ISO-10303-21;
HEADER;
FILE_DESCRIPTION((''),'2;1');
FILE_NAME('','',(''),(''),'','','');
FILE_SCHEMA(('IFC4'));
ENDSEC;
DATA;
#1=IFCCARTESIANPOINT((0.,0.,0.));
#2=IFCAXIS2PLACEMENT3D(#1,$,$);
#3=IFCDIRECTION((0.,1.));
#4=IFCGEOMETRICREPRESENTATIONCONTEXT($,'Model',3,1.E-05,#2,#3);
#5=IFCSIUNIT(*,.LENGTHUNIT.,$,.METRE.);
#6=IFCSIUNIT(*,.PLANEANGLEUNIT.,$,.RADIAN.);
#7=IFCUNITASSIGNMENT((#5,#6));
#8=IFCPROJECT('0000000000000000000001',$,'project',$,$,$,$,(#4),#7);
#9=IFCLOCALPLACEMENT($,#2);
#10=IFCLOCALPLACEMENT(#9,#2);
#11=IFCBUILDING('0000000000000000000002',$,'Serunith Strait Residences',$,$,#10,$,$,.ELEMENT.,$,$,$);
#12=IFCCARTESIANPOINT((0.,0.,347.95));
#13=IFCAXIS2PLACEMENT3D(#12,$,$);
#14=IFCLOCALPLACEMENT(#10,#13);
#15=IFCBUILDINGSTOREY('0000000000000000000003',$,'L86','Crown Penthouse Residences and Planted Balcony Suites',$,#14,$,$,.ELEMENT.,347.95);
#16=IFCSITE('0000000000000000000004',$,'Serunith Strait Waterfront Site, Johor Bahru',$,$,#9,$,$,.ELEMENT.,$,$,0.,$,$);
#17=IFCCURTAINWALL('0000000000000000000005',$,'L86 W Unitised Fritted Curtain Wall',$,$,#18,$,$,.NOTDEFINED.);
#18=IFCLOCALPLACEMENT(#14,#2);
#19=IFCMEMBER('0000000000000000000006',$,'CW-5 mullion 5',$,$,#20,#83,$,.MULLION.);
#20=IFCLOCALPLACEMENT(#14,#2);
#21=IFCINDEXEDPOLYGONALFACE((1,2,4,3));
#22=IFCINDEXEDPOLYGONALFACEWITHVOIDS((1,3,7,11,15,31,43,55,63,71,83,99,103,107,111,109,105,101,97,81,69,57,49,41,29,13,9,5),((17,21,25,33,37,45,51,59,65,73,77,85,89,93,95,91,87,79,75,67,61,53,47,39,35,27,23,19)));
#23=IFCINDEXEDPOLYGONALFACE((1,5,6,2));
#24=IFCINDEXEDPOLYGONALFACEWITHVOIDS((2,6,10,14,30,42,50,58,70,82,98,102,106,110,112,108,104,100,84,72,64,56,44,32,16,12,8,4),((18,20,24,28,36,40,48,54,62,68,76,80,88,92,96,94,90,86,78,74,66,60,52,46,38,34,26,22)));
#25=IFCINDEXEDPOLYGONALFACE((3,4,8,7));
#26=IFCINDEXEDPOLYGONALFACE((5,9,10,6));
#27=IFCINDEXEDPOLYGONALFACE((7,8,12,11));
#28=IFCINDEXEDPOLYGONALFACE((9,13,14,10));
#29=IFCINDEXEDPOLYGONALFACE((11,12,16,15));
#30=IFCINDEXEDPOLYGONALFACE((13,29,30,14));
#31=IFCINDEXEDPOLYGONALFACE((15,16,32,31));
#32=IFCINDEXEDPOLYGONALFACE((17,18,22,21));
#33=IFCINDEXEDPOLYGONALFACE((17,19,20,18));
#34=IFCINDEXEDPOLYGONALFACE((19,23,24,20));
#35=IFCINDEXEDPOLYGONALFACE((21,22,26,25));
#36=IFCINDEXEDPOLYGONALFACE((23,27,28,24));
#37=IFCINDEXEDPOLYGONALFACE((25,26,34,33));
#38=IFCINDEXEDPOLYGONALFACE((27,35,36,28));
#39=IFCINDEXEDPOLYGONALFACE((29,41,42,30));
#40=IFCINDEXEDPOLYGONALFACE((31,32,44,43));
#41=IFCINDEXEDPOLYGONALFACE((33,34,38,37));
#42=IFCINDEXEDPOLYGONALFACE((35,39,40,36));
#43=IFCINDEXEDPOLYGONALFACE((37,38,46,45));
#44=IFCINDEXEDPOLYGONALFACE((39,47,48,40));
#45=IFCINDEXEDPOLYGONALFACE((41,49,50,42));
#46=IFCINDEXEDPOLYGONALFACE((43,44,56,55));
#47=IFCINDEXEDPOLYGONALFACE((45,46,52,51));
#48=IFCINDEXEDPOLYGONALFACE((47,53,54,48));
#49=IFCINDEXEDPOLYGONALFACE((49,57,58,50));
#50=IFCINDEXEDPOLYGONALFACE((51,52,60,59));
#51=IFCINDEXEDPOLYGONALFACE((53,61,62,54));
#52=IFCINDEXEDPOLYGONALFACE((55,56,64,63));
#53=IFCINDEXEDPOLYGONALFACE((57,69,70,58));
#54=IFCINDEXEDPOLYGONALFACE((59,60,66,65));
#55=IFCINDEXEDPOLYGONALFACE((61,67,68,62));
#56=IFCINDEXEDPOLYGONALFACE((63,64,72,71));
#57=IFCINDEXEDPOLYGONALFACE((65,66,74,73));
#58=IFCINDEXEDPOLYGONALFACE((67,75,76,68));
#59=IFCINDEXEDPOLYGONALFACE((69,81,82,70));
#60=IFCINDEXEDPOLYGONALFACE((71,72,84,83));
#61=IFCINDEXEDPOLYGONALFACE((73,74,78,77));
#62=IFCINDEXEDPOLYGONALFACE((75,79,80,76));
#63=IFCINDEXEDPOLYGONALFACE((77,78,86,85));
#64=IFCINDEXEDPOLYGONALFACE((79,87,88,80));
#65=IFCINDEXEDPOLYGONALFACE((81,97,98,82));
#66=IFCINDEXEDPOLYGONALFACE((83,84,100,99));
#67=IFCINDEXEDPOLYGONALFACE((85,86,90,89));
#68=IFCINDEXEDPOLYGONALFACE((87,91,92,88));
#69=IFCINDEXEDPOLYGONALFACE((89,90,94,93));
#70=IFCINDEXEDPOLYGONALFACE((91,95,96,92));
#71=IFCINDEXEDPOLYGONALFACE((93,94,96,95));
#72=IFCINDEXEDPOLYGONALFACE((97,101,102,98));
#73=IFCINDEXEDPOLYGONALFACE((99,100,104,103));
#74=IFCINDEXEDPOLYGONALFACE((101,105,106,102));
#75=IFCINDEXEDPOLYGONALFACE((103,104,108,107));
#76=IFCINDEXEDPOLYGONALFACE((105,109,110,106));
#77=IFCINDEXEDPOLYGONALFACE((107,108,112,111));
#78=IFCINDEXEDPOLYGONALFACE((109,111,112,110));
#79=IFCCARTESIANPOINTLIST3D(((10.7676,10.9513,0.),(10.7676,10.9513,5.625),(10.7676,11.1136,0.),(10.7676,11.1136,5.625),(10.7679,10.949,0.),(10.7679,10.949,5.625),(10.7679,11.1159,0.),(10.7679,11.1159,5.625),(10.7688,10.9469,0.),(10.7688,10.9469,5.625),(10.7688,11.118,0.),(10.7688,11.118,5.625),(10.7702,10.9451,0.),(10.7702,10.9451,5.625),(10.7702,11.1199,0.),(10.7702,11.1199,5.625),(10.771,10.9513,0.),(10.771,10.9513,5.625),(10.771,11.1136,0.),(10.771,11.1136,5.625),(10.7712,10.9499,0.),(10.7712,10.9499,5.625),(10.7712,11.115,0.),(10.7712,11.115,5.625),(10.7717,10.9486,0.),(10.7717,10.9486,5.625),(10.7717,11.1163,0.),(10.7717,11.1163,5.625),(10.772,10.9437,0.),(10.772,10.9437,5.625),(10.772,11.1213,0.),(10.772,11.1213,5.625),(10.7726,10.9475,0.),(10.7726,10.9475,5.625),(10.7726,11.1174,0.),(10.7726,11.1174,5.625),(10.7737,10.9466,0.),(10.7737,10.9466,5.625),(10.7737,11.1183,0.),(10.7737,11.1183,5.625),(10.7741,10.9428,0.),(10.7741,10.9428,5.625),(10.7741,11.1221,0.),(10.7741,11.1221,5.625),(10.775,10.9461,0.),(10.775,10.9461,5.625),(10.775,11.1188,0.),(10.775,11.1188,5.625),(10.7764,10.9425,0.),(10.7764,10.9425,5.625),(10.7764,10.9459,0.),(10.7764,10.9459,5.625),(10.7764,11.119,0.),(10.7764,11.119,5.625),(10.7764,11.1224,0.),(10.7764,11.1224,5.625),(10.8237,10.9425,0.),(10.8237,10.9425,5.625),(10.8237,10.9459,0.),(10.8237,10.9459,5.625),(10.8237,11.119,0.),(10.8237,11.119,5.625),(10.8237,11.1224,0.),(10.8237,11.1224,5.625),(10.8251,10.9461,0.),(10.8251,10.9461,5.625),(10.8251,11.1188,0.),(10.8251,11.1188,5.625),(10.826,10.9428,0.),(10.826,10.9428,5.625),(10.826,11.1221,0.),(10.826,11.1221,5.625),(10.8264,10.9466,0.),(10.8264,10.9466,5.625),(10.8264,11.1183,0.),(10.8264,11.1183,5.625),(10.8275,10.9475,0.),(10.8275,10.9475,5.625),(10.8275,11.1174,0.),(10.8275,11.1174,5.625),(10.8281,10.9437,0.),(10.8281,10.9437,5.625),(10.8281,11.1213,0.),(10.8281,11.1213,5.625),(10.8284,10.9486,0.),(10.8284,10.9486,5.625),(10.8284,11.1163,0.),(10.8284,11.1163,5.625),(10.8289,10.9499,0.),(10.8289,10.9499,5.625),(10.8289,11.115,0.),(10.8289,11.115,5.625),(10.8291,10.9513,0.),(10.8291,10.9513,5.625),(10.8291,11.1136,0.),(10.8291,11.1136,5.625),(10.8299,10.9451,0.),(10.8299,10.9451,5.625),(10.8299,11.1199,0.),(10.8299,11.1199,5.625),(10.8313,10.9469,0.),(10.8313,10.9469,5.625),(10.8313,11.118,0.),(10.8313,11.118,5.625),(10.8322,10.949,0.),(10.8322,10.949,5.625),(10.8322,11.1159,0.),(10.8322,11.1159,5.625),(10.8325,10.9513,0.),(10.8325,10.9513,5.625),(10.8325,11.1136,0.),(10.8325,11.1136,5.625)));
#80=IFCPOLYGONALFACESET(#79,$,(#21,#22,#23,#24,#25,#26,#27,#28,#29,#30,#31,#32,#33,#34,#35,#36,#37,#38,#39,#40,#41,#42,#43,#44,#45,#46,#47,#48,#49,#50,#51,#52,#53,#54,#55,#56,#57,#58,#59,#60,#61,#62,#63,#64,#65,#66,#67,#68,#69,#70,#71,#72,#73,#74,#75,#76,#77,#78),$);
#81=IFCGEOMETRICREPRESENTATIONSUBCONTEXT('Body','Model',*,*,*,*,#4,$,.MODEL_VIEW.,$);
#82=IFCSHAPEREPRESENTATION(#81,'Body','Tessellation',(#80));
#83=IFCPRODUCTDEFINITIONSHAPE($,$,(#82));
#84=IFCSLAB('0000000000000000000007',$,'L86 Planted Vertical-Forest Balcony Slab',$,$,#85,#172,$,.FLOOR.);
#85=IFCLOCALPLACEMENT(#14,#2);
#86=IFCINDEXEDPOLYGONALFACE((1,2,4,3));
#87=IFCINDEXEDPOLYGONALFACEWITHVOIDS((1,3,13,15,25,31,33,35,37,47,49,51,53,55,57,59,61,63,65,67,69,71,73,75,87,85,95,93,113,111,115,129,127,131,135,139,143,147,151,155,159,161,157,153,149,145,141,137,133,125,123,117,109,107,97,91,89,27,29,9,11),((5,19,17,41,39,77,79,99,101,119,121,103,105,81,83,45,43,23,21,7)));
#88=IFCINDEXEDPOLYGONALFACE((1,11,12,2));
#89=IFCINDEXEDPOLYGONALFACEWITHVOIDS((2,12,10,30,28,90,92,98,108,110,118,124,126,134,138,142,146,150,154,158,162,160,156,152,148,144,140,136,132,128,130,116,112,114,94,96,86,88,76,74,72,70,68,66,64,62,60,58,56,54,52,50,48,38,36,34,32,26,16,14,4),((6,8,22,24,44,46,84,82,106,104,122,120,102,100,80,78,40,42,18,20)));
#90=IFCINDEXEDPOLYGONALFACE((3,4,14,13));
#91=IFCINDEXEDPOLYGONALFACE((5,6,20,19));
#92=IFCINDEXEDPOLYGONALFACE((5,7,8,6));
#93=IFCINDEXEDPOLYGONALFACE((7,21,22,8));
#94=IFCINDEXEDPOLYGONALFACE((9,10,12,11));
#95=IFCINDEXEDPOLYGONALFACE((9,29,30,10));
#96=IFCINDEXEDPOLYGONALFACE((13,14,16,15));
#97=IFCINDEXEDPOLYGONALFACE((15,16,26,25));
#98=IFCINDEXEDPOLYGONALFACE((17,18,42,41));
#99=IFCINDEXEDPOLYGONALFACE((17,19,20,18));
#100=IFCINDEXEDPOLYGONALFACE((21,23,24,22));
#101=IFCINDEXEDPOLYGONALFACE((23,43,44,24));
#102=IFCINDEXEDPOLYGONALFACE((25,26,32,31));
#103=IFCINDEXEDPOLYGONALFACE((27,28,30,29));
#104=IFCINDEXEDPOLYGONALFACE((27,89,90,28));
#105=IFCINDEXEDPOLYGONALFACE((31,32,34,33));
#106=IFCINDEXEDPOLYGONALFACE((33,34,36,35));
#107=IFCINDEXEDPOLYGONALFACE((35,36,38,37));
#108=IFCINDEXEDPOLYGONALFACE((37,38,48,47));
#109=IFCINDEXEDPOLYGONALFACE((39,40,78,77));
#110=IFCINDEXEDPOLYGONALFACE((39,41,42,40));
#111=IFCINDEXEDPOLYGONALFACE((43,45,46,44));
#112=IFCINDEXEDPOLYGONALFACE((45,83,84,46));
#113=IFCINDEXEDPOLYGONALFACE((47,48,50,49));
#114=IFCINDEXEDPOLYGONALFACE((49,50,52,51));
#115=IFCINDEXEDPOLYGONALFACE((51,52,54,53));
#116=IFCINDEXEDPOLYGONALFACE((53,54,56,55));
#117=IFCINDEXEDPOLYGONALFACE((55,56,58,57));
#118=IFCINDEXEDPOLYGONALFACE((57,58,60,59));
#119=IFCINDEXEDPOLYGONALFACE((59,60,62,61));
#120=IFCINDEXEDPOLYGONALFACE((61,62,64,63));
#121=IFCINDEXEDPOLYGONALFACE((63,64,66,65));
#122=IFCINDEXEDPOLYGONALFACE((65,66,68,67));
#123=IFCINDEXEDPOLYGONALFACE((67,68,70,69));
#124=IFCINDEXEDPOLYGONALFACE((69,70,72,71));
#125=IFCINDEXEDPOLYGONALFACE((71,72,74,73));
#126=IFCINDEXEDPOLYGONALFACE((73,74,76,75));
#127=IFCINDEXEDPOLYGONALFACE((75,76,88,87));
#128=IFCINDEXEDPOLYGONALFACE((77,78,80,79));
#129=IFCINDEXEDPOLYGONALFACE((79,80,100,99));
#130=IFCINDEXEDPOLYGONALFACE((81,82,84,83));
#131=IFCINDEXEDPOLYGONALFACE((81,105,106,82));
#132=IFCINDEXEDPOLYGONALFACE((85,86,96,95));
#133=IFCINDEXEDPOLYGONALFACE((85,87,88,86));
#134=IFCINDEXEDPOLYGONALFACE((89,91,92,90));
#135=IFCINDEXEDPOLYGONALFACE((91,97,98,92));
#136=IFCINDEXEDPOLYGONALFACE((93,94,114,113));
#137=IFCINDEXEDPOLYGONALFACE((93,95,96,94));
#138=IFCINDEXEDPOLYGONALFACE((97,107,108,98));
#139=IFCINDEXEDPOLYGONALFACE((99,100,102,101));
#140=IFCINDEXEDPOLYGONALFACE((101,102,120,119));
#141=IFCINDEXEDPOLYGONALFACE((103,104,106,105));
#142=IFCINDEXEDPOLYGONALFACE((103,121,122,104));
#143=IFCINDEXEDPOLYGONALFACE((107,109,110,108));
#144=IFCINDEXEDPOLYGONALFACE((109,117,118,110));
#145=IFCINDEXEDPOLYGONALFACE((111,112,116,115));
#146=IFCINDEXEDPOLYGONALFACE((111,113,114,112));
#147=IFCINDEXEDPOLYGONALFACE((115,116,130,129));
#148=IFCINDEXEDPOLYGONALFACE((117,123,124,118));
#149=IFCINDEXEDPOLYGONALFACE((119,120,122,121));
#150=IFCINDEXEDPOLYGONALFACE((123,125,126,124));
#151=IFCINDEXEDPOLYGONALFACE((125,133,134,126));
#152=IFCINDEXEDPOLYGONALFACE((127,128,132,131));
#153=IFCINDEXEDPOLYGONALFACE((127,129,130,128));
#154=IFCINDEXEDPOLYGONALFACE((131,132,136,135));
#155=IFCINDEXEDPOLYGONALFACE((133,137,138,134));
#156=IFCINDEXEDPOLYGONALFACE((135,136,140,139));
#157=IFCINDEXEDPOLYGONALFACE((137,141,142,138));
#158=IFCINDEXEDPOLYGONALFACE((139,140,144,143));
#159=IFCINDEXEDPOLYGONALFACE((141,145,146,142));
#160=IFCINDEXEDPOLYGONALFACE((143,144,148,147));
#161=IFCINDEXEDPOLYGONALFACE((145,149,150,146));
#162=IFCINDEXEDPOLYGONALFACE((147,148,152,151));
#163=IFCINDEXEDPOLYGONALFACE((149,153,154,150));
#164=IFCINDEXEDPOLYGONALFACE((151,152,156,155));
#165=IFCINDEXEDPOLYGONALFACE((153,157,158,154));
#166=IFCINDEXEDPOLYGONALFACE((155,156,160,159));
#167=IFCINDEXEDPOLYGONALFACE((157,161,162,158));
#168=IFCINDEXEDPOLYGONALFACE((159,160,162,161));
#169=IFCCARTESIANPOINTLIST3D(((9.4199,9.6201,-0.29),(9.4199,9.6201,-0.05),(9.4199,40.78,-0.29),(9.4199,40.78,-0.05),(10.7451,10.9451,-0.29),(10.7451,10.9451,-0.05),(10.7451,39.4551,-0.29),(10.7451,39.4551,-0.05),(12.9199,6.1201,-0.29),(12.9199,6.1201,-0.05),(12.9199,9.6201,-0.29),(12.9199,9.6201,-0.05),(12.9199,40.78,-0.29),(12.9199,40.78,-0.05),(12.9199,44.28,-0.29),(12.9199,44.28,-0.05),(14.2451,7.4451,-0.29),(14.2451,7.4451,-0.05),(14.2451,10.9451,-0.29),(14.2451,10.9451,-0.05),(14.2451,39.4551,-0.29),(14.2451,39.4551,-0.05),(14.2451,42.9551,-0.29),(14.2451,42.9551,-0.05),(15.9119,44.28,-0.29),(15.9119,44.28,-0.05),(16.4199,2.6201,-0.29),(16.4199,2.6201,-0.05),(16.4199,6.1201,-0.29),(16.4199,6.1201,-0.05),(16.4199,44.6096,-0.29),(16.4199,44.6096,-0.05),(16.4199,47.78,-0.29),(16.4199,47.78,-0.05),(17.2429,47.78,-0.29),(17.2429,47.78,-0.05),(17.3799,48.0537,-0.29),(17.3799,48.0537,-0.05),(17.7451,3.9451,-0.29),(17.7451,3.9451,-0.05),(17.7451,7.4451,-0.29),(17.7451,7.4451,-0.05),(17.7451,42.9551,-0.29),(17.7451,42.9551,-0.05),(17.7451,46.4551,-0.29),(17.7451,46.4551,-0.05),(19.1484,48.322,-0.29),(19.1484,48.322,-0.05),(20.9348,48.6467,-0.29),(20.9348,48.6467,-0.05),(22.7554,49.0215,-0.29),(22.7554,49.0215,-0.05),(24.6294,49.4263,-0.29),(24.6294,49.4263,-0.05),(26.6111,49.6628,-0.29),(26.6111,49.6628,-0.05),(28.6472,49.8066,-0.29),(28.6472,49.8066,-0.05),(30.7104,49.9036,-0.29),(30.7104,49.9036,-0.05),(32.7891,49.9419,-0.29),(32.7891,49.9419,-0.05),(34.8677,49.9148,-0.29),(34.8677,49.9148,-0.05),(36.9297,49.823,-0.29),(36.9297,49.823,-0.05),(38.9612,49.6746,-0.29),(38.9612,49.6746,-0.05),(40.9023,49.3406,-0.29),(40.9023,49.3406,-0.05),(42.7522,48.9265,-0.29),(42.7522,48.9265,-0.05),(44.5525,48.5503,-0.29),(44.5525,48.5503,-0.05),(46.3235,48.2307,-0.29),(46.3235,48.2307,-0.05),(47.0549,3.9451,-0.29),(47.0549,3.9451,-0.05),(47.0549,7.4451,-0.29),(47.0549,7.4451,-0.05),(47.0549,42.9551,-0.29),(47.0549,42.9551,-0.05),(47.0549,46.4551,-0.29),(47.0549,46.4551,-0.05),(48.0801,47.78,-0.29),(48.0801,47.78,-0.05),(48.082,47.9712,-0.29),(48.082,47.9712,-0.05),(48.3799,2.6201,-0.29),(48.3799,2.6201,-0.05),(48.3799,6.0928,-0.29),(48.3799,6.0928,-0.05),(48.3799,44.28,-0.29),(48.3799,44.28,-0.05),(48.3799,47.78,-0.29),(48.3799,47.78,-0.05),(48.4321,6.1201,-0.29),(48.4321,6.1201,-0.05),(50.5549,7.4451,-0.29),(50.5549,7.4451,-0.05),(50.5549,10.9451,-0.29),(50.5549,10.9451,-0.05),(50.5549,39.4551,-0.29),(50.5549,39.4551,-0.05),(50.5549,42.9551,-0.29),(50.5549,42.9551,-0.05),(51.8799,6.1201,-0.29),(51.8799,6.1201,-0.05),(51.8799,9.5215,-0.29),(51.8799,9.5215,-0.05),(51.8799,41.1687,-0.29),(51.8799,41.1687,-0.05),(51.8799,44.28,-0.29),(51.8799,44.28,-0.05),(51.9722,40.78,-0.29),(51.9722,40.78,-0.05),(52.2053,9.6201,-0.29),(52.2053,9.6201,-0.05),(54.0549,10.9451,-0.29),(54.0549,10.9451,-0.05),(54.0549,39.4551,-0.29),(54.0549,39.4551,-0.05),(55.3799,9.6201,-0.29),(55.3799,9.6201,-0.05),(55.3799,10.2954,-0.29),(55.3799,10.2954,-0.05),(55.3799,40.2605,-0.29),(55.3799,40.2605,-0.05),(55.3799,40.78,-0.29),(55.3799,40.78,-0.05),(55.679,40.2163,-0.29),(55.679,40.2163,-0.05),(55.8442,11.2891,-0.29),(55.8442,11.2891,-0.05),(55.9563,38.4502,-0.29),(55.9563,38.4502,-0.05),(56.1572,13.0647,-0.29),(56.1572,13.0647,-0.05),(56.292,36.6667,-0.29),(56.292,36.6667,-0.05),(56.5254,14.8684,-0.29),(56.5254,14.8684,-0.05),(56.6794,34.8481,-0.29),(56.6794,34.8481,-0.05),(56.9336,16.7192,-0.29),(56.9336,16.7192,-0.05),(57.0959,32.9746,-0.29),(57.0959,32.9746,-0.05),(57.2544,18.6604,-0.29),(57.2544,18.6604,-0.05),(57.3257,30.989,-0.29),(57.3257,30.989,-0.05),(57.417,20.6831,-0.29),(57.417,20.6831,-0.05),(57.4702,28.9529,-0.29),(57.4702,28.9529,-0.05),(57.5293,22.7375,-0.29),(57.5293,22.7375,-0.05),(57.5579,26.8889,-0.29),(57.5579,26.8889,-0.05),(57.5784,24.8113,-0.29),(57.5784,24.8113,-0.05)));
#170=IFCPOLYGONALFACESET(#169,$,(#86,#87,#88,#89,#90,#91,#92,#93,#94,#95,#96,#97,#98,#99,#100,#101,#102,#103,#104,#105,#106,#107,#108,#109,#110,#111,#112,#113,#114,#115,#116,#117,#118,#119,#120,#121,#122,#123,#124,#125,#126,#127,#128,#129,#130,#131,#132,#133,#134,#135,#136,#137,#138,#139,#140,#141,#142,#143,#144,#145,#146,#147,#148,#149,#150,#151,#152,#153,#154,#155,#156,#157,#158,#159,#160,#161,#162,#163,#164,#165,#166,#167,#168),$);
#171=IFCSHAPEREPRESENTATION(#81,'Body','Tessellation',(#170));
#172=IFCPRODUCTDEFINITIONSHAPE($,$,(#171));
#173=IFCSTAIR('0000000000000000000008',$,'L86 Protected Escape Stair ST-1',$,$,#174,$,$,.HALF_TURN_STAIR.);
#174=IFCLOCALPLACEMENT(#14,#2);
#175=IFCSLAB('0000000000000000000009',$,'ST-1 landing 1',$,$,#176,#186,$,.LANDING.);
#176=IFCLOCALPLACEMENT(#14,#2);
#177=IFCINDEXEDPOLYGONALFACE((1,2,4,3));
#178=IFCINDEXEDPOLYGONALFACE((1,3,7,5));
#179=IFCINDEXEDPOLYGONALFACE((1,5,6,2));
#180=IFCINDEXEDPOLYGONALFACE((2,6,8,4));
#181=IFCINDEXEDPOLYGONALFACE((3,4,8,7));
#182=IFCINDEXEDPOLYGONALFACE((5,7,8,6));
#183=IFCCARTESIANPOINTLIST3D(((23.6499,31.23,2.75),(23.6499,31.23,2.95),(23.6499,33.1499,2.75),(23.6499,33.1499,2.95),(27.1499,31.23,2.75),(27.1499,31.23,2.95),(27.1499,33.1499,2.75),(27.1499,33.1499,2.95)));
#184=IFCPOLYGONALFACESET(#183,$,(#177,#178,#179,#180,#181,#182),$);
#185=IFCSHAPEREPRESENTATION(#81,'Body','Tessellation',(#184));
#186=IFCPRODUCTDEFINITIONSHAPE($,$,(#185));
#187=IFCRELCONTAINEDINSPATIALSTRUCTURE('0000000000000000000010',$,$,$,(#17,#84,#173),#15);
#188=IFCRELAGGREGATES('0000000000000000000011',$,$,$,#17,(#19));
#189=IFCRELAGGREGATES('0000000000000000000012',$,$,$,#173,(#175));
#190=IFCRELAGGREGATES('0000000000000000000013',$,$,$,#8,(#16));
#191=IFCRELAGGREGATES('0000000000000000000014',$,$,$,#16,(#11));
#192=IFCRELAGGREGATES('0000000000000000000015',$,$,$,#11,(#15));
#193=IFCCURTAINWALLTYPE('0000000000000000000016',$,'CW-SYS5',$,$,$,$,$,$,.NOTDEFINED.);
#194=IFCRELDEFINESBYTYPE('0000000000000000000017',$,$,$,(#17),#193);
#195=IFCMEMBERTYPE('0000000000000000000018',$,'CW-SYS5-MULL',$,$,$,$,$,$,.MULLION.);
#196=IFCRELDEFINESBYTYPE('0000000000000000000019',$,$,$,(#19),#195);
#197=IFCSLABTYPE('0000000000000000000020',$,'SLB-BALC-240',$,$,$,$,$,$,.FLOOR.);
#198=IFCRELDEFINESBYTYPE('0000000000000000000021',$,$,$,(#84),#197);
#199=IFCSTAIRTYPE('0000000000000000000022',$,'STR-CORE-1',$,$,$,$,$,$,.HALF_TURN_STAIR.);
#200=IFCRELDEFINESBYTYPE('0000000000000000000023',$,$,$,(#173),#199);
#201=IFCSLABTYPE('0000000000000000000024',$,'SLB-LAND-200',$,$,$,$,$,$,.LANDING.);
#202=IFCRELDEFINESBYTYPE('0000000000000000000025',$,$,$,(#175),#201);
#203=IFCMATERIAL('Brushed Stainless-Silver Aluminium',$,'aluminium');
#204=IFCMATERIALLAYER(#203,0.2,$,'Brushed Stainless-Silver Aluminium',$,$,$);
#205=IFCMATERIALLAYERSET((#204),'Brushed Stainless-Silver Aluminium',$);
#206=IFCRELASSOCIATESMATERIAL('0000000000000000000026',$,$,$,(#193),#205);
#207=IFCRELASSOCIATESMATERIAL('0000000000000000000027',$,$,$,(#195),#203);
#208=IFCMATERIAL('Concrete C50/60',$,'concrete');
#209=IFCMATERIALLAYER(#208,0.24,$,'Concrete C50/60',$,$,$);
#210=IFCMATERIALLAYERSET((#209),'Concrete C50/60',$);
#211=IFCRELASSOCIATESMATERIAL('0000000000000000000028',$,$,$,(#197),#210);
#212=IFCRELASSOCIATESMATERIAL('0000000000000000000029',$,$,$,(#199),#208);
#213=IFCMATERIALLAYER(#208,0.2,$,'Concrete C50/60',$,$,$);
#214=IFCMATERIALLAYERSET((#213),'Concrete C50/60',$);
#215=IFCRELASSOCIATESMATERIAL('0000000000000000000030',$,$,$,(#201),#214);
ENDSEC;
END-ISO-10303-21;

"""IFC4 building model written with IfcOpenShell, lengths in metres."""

from ifc_helpers import new_model, si_unit, direction, frame, origin, origin_2d, place, context, subcontext, project, spatial, polyline, hollow_rectangle, outline, extrude, source, transform, mapped, material, layer, layer_set, material_profile, profile_set, type_object, element, aggregate, save


model = new_model("IFC4")

# Units and contexts
model_context = context("Model", 3, precision=1e-05, world=origin(), true_north=direction((0.0, 1.0)))
body_context = subcontext(model_context, "Body", "Model", "MODEL_VIEW")
ifc_project = project(units=[si_unit("LENGTHUNIT", "METRE"), si_unit("PLANEANGLEUNIT", "RADIAN")], contexts=[model_context])

# Site, building, storey
site_placement = place(None, origin())
site = spatial("IfcSite", under=ifc_project, at=site_placement, Name="Serunith Strait Waterfront Site, Johor Bahru", CompositionType="ELEMENT", RefElevation=0.0)
building_placement = place(site_placement, origin())
building = spatial("IfcBuilding", under=site, at=building_placement, Name="Serunith Strait Residences", CompositionType="ELEMENT")
storey_placement = place(building_placement, frame((0.0, 0.0, 347.95)))
storey = spatial("IfcBuildingStorey", under=building, at=storey_placement, Name="L86", Description="Crown Penthouse Residences and Planted Balcony Suites", CompositionType="ELEMENT", Elevation=347.95)

# Shared definitions
ifc_material_1 = material(Name="Brushed Stainless-Silver Aluminium", Category="aluminium")
ifc_layer_1 = layer(ifc_material_1, 0.2, Name="Brushed Stainless-Silver Aluminium")
ifc_layer_set_1 = layer_set([ifc_layer_1], Name="Brushed Stainless-Silver Aluminium")
curtain_wall_type = type_object("IfcCurtainWallType", Name="CW-SYS5", PredefinedType="NOTDEFINED", material=ifc_layer_set_1)
ifc_material_profile_1 = material_profile(ifc_material_1, hollow_rectangle(XDim=0.0649, YDim=0.1799, WallThickness=0.0034, InnerFilletRadius=0.0054, OuterFilletRadius=0.0088, at=origin_2d()), Name="ALU 180x65x3.5")
ifc_profile_set_1 = profile_set([ifc_material_profile_1], Name="Brushed Stainless-Silver Aluminium")
member_type_1 = type_object("IfcMemberType", Name="CW-SYS5-MULL", PredefinedType="MULLION", material=ifc_profile_set_1)
shared_shape_1 = source(origin(), body_context, "Body", "SweptSolid", [
    extrude(hollow_rectangle(XDim=0.0649, YDim=0.1799, WallThickness=0.0034, InnerFilletRadius=0.0054, OuterFilletRadius=0.0088, at=origin_2d()), origin(), (0.0, 0.0, 1.0), 5.625),
])

# Curtain wall, member
curtain_wall_1_placement = place(storey_placement, origin())
curtain_wall_1 = element("IfcCurtainWall", 1, at=curtain_wall_1_placement, inside=storey, type_object=curtain_wall_type, Name="L86 W Unitised Fritted Curtain Wall", PredefinedType="NOTDEFINED")
member_1_placement = place(storey_placement, frame((10.8, 11.0325, 0.0), z_axis=(0.0, 0.0, 1.0), x_axis=(1.0, 0.0, 0.0)))
member_1 = element("IfcMember", 2, at=member_1_placement, type_object=member_type_1, Name="CW-5 mullion 5", PredefinedType="MULLION", context=body_context, shape_type="MappedRepresentation", body=[
    mapped(shared_shape_1, transform((0.0, 0.0, 0.0), scale=1.0)),
])
aggregate(curtain_wall_1, [member_1])

# Slab
ifc_material_2 = material(Name="Concrete C50/60", Category="concrete")
ifc_layer_2 = layer(ifc_material_2, 0.24, Name="Concrete C50/60")
ifc_layer_set_2 = layer_set([ifc_layer_2], Name="Concrete C50/60")
slab_type_1 = type_object("IfcSlabType", Name="SLB-BALC-240", PredefinedType="FLOOR", material=ifc_layer_set_2)
slab_1_placement = place(storey_placement, frame((0.0, 0.0, -0.29)))
element("IfcSlab", 3, at=slab_1_placement, inside=storey, type_object=slab_type_1, Name="L86 Planted Vertical-Forest Balcony Slab", PredefinedType="FLOOR", context=body_context, shape_type="SweptSolid", body=[
    extrude(outline(polyline([(16.4199, 47.78), (17.2429, 47.78), (17.3799, 48.0537), (19.1484, 48.322), (20.9348, 48.6467), (22.7554, 49.0215), (24.6294, 49.4263), (26.6111, 49.6628), (28.6472, 49.8066), (30.7104, 49.9036), (32.7891, 49.9419), (34.8677, 49.9148), (36.9297, 49.823), (38.9612, 49.6746), (40.9023, 49.3406), (42.7522, 48.9265), (44.5525, 48.5503), (46.3235, 48.2307), (48.082, 47.9712), (48.0801, 47.78), (48.3799, 47.78), (48.3799, 44.28), (51.8799, 44.28), (51.8799, 41.1687), (51.9722, 40.78), (55.3799, 40.78), (55.3799, 40.2605), (55.679, 40.2163), (55.9563, 38.4502), (56.292, 36.6667), (56.6794, 34.8481), (57.0959, 32.9746), (57.3257, 30.989), (57.4702, 28.9529), (57.5579, 26.8889), (57.5784, 24.8113), (57.5293, 22.7375), (57.417, 20.6831), (57.2544, 18.6604), (56.9336, 16.7192), (56.5254, 14.8684), (56.1572, 13.0647), (55.8442, 11.2891), (55.3799, 10.2954), (55.3799, 9.6201), (52.2053, 9.6201), (51.8799, 9.5215), (51.8799, 6.1201), (48.4321, 6.1201), (48.3799, 6.0928), (48.3799, 2.6201), (16.4199, 2.6201), (16.4199, 6.1201), (12.9199, 6.1201), (12.9199, 9.6201), (9.4199, 9.6201), (9.4199, 40.78), (12.9199, 40.78), (12.9199, 44.28), (15.9119, 44.28), (16.4199, 44.6096), (16.4199, 47.78)]), holes=[polyline([(47.0549, 3.9451), (47.0549, 7.4451), (50.5549, 7.4451), (50.5549, 10.9451), (54.0549, 10.9451), (54.0549, 39.4551), (50.5549, 39.4551), (50.5549, 42.9551), (47.0549, 42.9551), (47.0549, 46.4551), (17.7451, 46.4551), (17.7451, 42.9551), (14.2451, 42.9551), (14.2451, 39.4551), (10.7451, 39.4551), (10.7451, 10.9451), (14.2451, 10.9451), (14.2451, 7.4451), (17.7451, 7.4451), (17.7451, 3.9451), (47.0549, 3.9451)])]), origin(), (0.0, 0.0, 1.0), 0.24),
])

# Stair, slab
stair_type_1 = type_object("IfcStairType", Name="STR-CORE-1", PredefinedType="HALF_TURN_STAIR", material=ifc_material_2)
stair_1_placement = place(storey_placement, origin())
stair_1 = element("IfcStair", 4, at=stair_1_placement, inside=storey, type_object=stair_type_1, Name="L86 Protected Escape Stair ST-1", PredefinedType="HALF_TURN_STAIR")
ifc_layer_3 = layer(ifc_material_2, 0.2, Name="Concrete C50/60")
ifc_layer_set_3 = layer_set([ifc_layer_3], Name="Concrete C50/60")
slab_type_2 = type_object("IfcSlabType", Name="SLB-LAND-200", PredefinedType="LANDING", material=ifc_layer_set_3)
slab_2_placement = place(storey_placement, frame((0.0, 0.0, 2.75)))
slab_2 = element("IfcSlab", 5, at=slab_2_placement, type_object=slab_type_2, Name="ST-1 landing 1", PredefinedType="LANDING", context=body_context, shape_type="SweptSolid", body=[
    extrude(outline(polyline([(27.1499, 31.23), (27.1499, 33.1499), (23.6499, 33.1499), (23.6499, 31.23), (27.1499, 31.23)])), origin(), (0.0, 0.0, 1.0), 0.2),
])
aggregate(stair_1, [slab_2])

save(model, "model.ifc")
